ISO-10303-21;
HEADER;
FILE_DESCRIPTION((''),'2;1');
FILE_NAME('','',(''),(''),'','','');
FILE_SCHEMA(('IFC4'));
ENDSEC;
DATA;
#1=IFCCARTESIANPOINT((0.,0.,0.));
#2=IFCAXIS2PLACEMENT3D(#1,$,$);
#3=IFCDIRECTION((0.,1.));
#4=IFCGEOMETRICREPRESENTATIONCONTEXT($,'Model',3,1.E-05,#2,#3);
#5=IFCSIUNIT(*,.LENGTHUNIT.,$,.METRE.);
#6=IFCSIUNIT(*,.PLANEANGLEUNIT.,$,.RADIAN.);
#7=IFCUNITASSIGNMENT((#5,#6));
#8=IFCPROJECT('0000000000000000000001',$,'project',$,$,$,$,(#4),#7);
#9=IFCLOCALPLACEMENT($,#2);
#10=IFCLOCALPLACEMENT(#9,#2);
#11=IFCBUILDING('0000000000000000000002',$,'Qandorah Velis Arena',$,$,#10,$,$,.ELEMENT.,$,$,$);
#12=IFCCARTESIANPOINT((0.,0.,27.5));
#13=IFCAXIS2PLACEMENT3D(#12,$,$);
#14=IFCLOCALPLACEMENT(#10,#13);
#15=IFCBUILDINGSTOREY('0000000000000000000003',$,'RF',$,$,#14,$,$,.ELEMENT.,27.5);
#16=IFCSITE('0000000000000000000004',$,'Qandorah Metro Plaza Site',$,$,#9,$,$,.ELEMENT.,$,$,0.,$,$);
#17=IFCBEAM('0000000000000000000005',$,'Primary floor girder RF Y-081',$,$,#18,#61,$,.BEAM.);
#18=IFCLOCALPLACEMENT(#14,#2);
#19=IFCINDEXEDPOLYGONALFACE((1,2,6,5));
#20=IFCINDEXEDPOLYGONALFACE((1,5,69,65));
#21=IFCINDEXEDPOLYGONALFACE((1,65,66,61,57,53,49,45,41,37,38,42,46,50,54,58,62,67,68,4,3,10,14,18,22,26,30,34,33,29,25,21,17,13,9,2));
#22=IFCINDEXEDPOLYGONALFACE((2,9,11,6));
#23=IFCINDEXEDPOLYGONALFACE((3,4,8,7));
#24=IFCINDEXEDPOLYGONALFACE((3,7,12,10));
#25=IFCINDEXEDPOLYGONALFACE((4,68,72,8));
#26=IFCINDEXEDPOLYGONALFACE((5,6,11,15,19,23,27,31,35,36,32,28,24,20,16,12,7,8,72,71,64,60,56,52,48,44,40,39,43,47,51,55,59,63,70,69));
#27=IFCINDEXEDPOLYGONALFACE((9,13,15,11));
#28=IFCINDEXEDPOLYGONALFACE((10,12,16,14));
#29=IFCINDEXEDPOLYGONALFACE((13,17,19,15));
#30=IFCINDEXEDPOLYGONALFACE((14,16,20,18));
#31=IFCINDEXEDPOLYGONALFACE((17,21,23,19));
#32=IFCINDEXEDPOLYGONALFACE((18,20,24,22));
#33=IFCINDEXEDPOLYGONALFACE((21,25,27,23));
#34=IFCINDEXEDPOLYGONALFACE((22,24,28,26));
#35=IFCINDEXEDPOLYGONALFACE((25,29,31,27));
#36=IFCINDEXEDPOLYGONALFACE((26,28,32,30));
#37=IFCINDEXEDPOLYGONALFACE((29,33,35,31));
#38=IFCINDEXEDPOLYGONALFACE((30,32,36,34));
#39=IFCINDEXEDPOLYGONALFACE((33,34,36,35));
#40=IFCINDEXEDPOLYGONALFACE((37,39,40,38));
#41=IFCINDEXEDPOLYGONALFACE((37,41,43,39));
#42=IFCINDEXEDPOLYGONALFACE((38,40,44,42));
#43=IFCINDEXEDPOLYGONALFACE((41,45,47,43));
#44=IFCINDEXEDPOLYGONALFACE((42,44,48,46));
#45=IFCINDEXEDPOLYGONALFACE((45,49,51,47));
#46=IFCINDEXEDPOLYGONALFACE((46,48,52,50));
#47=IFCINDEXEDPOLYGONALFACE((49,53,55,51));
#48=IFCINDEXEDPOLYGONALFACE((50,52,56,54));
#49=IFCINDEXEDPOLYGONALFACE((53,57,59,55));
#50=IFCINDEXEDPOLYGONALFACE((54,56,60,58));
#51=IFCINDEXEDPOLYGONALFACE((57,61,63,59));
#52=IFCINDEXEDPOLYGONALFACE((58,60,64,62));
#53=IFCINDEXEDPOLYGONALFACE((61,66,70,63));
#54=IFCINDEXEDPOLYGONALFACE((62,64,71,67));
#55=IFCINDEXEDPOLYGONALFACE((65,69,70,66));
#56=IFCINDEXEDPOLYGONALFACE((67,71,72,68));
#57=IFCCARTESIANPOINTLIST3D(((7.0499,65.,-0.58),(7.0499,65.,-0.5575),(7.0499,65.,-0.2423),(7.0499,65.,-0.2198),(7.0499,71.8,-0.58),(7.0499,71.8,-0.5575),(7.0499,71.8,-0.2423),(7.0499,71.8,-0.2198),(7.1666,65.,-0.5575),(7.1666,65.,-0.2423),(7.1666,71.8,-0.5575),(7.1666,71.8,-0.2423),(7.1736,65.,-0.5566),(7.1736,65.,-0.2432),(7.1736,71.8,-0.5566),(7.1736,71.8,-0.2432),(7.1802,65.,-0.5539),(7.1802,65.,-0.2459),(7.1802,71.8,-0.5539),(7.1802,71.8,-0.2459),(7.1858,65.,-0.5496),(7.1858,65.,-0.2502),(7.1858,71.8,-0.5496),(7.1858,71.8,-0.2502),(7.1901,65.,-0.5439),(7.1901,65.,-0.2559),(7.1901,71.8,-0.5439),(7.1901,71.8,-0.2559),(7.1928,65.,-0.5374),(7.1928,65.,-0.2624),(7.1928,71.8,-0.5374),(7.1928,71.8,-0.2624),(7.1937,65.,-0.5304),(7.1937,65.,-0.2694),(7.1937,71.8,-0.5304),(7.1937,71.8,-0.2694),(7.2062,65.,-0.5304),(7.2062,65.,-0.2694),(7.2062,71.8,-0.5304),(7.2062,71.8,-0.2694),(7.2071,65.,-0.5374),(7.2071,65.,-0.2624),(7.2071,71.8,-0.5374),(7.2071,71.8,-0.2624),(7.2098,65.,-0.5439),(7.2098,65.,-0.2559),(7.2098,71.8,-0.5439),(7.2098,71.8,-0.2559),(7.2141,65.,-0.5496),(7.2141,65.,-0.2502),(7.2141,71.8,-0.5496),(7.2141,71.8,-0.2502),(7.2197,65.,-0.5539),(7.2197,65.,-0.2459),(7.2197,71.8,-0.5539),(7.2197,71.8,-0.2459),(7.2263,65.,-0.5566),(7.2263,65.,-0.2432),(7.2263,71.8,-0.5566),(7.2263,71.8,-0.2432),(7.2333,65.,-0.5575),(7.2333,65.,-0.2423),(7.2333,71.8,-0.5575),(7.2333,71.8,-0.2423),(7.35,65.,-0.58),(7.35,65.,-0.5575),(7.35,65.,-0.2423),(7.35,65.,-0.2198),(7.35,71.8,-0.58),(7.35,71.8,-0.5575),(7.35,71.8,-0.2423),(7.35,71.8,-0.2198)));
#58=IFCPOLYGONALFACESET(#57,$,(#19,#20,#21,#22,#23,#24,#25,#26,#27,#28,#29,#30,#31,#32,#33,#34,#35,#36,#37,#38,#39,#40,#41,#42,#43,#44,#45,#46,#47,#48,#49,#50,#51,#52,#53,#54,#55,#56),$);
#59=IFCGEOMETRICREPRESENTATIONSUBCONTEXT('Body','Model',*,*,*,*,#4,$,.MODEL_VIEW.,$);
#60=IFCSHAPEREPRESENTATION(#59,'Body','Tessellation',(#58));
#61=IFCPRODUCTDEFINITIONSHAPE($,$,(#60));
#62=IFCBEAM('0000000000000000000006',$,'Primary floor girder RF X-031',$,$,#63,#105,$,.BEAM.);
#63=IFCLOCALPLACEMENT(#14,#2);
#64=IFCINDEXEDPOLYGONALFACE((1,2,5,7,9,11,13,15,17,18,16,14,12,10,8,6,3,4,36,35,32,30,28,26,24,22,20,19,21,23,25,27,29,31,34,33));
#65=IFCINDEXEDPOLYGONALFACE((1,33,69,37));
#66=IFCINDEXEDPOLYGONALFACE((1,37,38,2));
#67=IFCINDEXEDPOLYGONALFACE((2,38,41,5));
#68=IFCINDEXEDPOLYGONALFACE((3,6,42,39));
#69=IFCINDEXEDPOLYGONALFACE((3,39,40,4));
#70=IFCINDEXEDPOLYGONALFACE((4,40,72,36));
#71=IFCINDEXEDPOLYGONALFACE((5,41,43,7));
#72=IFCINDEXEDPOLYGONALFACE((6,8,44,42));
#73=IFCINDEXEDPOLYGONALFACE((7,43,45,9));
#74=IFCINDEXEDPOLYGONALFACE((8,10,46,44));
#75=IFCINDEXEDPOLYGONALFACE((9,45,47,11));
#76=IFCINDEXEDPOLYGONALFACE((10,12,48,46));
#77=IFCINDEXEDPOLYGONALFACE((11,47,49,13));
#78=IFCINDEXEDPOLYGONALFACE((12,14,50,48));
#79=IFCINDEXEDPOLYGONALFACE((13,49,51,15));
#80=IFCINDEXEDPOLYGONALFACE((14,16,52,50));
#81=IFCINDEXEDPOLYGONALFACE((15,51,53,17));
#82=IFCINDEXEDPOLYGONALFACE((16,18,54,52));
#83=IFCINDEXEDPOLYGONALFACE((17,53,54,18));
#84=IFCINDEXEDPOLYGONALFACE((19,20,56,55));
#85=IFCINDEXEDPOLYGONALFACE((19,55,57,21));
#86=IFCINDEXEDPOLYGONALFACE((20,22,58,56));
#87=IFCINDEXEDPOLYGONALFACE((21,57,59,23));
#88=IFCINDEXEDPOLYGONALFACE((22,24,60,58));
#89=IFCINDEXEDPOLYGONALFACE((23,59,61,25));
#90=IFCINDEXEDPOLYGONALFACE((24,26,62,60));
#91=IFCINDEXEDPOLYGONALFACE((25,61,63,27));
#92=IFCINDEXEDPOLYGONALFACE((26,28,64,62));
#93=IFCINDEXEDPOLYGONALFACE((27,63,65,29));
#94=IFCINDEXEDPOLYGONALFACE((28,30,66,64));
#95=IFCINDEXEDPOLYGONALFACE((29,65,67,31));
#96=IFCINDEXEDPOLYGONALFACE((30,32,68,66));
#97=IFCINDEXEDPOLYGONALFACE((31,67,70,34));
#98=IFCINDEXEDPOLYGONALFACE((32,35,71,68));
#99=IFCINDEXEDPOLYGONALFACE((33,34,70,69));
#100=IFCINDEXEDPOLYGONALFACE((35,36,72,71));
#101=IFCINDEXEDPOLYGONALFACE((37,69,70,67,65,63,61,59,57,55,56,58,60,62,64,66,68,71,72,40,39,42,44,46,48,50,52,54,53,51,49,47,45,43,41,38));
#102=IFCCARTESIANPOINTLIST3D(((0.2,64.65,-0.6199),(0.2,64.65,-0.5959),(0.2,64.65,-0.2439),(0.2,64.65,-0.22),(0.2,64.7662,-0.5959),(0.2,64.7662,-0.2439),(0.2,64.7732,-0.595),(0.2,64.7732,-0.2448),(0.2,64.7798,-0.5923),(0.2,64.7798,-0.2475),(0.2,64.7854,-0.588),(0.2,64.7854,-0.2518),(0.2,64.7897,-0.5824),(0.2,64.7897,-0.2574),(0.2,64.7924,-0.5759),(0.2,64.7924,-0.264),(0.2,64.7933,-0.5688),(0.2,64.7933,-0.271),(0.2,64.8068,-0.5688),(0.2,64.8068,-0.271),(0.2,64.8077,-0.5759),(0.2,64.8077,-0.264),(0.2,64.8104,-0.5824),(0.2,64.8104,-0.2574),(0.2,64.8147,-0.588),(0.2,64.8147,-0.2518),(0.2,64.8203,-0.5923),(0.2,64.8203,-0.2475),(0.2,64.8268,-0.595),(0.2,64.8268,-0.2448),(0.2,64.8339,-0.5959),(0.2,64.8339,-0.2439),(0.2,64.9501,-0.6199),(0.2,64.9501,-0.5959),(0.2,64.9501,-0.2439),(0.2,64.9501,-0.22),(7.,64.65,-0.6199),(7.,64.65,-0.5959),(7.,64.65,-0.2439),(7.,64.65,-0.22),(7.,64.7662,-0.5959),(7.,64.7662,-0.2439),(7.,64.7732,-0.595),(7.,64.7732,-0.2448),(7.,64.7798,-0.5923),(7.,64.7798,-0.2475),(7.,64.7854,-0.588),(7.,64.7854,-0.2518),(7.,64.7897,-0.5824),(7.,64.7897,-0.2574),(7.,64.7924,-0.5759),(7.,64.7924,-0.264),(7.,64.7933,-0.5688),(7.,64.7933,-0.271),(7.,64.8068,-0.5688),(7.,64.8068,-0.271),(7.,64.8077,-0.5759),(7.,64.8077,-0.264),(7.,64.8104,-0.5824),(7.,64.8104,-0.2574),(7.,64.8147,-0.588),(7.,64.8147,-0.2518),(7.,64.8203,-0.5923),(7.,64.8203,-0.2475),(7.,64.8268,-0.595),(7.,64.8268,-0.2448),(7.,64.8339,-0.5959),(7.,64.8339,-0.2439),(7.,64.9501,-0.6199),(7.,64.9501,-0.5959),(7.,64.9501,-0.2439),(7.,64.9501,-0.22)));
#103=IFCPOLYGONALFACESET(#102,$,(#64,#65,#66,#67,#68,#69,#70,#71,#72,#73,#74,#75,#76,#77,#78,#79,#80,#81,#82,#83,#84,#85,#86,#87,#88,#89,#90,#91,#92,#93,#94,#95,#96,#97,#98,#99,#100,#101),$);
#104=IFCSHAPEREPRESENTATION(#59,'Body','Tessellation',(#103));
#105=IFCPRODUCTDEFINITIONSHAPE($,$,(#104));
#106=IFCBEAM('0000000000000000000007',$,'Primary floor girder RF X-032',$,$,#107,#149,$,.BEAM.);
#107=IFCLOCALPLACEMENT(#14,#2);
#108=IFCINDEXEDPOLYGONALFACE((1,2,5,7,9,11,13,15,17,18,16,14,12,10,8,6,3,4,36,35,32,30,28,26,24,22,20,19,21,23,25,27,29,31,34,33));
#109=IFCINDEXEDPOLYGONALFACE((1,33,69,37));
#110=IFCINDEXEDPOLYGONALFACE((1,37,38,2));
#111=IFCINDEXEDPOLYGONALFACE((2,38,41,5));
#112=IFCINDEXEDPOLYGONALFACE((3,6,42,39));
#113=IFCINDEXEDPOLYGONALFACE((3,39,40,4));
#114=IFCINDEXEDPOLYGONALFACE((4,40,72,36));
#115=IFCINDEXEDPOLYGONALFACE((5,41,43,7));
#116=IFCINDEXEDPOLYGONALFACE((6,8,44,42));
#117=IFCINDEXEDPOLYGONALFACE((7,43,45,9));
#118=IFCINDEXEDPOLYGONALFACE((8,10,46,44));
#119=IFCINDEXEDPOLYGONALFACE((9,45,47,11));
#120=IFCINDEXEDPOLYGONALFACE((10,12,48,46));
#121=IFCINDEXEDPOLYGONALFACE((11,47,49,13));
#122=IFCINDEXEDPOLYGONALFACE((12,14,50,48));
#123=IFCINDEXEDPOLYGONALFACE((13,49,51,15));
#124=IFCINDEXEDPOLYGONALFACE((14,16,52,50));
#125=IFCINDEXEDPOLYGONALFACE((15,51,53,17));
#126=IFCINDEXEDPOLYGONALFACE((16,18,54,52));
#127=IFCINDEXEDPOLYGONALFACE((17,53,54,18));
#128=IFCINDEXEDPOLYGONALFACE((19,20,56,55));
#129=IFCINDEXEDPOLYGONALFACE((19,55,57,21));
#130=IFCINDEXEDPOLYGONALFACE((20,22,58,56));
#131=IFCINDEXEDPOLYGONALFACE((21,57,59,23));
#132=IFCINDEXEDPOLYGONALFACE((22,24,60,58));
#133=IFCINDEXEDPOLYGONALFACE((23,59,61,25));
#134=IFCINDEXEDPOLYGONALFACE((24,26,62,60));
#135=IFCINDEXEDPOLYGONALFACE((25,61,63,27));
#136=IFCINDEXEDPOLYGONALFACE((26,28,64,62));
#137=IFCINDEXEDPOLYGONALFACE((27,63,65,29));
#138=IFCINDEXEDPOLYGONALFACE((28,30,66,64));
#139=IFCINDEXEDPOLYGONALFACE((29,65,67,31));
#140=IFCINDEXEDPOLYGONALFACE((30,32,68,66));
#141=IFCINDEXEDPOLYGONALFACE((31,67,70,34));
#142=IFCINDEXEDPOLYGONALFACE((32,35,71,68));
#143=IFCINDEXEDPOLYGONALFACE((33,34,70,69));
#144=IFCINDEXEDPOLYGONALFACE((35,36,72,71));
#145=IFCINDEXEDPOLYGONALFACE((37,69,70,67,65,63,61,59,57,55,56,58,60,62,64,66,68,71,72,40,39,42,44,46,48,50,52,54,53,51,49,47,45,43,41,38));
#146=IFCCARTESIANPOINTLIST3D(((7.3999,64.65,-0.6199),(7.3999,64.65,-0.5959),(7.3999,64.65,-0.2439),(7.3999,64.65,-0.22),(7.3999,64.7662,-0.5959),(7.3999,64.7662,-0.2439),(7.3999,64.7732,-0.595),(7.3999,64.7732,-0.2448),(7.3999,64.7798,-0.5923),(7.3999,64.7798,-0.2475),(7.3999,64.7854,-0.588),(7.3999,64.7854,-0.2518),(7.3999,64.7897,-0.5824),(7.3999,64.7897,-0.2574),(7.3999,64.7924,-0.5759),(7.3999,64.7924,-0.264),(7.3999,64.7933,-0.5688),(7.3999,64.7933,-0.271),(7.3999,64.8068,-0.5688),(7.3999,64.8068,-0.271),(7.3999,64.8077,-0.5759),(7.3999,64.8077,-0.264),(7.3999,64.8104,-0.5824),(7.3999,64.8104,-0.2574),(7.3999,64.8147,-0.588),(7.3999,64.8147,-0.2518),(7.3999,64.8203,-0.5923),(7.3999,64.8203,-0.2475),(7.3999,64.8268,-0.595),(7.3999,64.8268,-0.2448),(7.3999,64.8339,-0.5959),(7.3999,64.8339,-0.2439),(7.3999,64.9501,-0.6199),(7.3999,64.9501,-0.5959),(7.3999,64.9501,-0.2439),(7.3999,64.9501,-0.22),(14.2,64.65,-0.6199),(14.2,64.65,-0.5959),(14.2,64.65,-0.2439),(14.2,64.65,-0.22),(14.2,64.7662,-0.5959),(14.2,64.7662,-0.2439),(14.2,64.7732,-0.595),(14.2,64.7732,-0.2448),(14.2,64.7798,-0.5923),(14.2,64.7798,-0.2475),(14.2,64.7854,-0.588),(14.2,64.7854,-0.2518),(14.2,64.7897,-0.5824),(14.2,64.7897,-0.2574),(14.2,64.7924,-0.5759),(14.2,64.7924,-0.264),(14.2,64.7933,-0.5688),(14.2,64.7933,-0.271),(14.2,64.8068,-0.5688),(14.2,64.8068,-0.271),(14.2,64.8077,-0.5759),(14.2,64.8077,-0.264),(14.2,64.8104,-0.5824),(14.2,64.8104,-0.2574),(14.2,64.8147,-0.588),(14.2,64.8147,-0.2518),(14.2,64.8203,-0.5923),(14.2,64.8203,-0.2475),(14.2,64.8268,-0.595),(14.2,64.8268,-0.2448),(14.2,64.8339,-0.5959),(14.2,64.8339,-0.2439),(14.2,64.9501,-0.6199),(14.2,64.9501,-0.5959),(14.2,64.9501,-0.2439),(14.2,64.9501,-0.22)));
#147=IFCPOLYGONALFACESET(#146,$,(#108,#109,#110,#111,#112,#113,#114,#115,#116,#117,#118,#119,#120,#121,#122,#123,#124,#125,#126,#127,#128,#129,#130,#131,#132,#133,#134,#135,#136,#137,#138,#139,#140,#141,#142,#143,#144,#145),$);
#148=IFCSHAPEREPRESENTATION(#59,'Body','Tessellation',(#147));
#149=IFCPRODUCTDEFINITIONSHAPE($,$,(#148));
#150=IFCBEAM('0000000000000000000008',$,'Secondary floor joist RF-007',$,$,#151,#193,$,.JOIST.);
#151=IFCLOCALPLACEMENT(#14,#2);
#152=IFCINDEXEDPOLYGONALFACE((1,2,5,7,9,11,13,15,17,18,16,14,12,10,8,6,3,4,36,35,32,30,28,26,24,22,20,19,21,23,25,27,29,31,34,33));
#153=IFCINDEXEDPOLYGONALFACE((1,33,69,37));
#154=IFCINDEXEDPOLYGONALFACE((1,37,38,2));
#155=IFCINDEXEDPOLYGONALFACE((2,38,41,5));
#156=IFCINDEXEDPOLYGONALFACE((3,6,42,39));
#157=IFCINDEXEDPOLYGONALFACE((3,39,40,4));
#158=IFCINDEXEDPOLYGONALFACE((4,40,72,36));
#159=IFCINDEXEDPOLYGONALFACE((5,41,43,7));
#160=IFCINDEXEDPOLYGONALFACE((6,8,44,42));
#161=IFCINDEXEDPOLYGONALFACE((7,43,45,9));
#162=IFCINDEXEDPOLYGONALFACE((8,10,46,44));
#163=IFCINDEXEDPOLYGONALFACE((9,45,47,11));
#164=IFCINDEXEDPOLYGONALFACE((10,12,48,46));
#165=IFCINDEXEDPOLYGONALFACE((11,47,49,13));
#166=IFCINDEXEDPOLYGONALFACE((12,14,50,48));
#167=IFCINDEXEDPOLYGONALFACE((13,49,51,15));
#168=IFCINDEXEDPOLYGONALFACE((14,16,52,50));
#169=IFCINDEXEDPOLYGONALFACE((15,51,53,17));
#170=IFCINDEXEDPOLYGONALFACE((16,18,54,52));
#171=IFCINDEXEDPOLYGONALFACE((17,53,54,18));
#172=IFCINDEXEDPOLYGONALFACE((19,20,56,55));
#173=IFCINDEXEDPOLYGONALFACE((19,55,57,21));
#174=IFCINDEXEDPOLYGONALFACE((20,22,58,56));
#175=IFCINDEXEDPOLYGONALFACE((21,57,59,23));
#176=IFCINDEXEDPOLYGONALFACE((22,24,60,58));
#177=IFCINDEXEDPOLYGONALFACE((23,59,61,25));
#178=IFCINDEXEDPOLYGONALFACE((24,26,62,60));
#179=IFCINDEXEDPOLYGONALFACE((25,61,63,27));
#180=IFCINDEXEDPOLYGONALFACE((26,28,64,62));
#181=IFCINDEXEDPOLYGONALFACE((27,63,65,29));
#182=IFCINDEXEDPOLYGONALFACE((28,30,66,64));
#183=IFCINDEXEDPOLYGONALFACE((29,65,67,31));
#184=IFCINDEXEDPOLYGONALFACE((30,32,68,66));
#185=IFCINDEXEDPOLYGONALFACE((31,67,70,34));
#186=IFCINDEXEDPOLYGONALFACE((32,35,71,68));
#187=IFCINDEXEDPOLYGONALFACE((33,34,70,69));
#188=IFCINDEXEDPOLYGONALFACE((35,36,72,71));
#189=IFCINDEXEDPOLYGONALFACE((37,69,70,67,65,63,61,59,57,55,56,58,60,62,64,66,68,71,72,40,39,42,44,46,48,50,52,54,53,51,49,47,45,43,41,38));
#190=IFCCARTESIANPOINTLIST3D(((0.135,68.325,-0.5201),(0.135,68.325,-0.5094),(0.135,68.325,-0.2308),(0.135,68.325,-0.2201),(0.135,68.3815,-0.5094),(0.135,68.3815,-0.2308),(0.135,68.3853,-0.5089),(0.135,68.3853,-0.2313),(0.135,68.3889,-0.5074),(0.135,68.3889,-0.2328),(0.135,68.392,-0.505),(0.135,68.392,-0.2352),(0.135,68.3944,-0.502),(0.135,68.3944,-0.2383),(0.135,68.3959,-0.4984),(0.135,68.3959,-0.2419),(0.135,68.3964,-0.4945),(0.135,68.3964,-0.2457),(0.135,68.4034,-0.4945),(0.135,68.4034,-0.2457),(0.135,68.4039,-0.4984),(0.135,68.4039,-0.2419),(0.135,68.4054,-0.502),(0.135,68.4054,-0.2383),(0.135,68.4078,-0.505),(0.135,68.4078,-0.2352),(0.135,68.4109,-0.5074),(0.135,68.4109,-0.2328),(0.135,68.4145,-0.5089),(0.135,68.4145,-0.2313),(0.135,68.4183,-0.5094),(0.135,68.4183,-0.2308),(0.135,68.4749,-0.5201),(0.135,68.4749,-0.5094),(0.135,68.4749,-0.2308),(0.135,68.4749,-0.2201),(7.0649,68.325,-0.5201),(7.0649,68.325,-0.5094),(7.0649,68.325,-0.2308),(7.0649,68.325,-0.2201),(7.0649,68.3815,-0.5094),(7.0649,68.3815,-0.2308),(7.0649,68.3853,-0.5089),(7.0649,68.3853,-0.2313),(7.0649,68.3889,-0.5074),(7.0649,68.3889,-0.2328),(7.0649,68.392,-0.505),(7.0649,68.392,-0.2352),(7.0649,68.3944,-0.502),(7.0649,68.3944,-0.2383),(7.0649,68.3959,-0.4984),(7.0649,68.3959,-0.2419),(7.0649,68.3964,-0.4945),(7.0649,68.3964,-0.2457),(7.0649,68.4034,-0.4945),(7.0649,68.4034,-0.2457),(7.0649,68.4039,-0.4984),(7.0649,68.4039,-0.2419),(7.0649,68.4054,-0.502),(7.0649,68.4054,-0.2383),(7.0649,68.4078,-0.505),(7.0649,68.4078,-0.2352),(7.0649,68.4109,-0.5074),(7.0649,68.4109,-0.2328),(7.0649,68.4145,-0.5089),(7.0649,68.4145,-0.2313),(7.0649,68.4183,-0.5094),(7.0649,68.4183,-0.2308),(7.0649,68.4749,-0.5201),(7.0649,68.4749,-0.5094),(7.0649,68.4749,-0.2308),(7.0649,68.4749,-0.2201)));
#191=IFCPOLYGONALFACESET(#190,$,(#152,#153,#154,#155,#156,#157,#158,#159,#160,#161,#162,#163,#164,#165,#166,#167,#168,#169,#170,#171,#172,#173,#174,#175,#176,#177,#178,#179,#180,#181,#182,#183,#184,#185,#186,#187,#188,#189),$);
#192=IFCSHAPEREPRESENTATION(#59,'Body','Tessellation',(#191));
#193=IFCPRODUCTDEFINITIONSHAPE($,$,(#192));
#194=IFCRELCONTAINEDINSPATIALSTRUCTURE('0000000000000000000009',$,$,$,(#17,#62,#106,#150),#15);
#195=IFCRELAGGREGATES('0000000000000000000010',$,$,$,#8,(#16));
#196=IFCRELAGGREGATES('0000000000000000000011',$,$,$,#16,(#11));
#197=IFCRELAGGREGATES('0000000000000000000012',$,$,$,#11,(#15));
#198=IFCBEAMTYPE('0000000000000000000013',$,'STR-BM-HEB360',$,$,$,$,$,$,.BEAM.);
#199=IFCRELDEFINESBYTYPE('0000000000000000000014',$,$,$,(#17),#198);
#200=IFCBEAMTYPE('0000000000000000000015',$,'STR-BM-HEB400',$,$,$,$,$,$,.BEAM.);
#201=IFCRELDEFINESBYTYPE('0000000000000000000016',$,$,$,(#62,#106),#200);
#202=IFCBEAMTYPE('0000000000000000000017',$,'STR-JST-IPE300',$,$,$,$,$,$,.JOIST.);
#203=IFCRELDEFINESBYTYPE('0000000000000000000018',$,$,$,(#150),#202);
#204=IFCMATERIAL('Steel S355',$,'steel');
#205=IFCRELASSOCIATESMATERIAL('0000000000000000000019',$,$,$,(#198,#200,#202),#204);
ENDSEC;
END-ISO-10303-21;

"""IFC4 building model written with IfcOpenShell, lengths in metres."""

from ifc_helpers import new_model, si_unit, direction, frame, origin, origin_2d, place, context, subcontext, project, spatial, i_section, extrude, material, material_profile, profile_set, type_object, element, save


model = new_model("IFC4")

# Units and contexts
model_context = context("Model", 3, precision=1e-05, world=origin(), true_north=direction((0.0, 1.0)))
body_context = subcontext(model_context, "Body", "Model", "MODEL_VIEW")
ifc_project = project(units=[si_unit("LENGTHUNIT", "METRE"), si_unit("PLANEANGLEUNIT", "RADIAN")], contexts=[model_context])

# Site, building, storey
site_placement = place(None, origin())
site = spatial("IfcSite", under=ifc_project, at=site_placement, Name="Qandorah Metro Plaza Site", CompositionType="ELEMENT", RefElevation=0.0)
building_placement = place(site_placement, origin())
building = spatial("IfcBuilding", under=site, at=building_placement, Name="Qandorah Velis Arena", CompositionType="ELEMENT")
storey_placement = place(building_placement, frame((0.0, 0.0, 27.5)))
storey = spatial("IfcBuildingStorey", under=building, at=storey_placement, Name="RF", CompositionType="ELEMENT", Elevation=27.5)

# Beams
ifc_material_1 = material(Name="Steel S355", Category="steel")
ifc_material_profile_1 = material_profile(ifc_material_1, i_section(OverallWidth=0.3, OverallDepth=0.3601, WebThickness=0.0125, FlangeThickness=0.0225, FilletRadius=0.0271, at=origin_2d()), Name="HEB 360")
ifc_profile_set_1 = profile_set([ifc_material_profile_1], Name="Steel S355")
beam_type_1 = type_object("IfcBeamType", Name="STR-BM-HEB360", PredefinedType="BEAM", material=ifc_profile_set_1)
for number, where, z_axis, x_axis, name in (
    (1, (7.2, 65.0, -0.3999), (0.0, 1.0, 0.0), (-1.0, 0.0, 0.0), "Primary floor girder RF Y-081"),
):
    element("IfcBeam", number, at=place(storey_placement, frame(where, z_axis=z_axis, x_axis=x_axis)), inside=storey, type_object=beam_type_1, Name=name, PredefinedType="BEAM", context=body_context, shape_type="SweptSolid", body=[
        extrude(i_section(OverallWidth=0.3, OverallDepth=0.3601, WebThickness=0.0125, FlangeThickness=0.0225, FilletRadius=0.0271, at=origin_2d()), origin(), (0.0, 0.0, 1.0), 6.8),
    ])
ifc_material_profile_2 = material_profile(ifc_material_1, i_section(OverallWidth=0.3, OverallDepth=0.3999, WebThickness=0.0134, FlangeThickness=0.0239, FilletRadius=0.0271, at=origin_2d()), Name="HEB 400")
ifc_profile_set_2 = profile_set([ifc_material_profile_2], Name="Steel S355")
beam_type_2 = type_object("IfcBeamType", Name="STR-BM-HEB400", PredefinedType="BEAM", material=ifc_profile_set_2)
for number, where, z_axis, x_axis, name in (
    (2, (0.2, 64.8, -0.4199), (1.0, 0.0, 0.0), (0.0, 1.0, 0.0), "Primary floor girder RF X-031"),
    (3, (7.3999, 64.8, -0.4199), (1.0, 0.0, 0.0), (0.0, 1.0, 0.0), "Primary floor girder RF X-032"),
):
    element("IfcBeam", number, at=place(storey_placement, frame(where, z_axis=z_axis, x_axis=x_axis)), inside=storey, type_object=beam_type_2, Name=name, PredefinedType="BEAM", context=body_context, shape_type="SweptSolid", body=[
        extrude(i_section(OverallWidth=0.3, OverallDepth=0.3999, WebThickness=0.0134, FlangeThickness=0.0239, FilletRadius=0.0271, at=origin_2d()), origin(), (0.0, 0.0, 1.0), 6.8),
    ])
ifc_material_profile_3 = material_profile(ifc_material_1, i_section(OverallWidth=0.1499, OverallDepth=0.3, WebThickness=0.0071, FlangeThickness=0.0107, FilletRadius=0.0149, at=origin_2d()), Name="IPE 300")
ifc_profile_set_3 = profile_set([ifc_material_profile_3], Name="Steel S355")
beam_type_3 = type_object("IfcBeamType", Name="STR-JST-IPE300", PredefinedType="JOIST", material=ifc_profile_set_3)
beam_placement = place(storey_placement, frame((0.135, 68.3999, -0.3701), z_axis=(1.0, 0.0, 0.0), x_axis=(0.0, 1.0, 0.0)))
element("IfcBeam", 4, at=beam_placement, inside=storey, type_object=beam_type_3, Name="Secondary floor joist RF-007", PredefinedType="JOIST", context=body_context, shape_type="SweptSolid", body=[
    extrude(i_section(OverallWidth=0.1499, OverallDepth=0.3, WebThickness=0.0071, FlangeThickness=0.0107, FilletRadius=0.0149, at=origin_2d()), origin(), (0.0, 0.0, 1.0), 6.9299),
])

save(model, "model.ifc")
